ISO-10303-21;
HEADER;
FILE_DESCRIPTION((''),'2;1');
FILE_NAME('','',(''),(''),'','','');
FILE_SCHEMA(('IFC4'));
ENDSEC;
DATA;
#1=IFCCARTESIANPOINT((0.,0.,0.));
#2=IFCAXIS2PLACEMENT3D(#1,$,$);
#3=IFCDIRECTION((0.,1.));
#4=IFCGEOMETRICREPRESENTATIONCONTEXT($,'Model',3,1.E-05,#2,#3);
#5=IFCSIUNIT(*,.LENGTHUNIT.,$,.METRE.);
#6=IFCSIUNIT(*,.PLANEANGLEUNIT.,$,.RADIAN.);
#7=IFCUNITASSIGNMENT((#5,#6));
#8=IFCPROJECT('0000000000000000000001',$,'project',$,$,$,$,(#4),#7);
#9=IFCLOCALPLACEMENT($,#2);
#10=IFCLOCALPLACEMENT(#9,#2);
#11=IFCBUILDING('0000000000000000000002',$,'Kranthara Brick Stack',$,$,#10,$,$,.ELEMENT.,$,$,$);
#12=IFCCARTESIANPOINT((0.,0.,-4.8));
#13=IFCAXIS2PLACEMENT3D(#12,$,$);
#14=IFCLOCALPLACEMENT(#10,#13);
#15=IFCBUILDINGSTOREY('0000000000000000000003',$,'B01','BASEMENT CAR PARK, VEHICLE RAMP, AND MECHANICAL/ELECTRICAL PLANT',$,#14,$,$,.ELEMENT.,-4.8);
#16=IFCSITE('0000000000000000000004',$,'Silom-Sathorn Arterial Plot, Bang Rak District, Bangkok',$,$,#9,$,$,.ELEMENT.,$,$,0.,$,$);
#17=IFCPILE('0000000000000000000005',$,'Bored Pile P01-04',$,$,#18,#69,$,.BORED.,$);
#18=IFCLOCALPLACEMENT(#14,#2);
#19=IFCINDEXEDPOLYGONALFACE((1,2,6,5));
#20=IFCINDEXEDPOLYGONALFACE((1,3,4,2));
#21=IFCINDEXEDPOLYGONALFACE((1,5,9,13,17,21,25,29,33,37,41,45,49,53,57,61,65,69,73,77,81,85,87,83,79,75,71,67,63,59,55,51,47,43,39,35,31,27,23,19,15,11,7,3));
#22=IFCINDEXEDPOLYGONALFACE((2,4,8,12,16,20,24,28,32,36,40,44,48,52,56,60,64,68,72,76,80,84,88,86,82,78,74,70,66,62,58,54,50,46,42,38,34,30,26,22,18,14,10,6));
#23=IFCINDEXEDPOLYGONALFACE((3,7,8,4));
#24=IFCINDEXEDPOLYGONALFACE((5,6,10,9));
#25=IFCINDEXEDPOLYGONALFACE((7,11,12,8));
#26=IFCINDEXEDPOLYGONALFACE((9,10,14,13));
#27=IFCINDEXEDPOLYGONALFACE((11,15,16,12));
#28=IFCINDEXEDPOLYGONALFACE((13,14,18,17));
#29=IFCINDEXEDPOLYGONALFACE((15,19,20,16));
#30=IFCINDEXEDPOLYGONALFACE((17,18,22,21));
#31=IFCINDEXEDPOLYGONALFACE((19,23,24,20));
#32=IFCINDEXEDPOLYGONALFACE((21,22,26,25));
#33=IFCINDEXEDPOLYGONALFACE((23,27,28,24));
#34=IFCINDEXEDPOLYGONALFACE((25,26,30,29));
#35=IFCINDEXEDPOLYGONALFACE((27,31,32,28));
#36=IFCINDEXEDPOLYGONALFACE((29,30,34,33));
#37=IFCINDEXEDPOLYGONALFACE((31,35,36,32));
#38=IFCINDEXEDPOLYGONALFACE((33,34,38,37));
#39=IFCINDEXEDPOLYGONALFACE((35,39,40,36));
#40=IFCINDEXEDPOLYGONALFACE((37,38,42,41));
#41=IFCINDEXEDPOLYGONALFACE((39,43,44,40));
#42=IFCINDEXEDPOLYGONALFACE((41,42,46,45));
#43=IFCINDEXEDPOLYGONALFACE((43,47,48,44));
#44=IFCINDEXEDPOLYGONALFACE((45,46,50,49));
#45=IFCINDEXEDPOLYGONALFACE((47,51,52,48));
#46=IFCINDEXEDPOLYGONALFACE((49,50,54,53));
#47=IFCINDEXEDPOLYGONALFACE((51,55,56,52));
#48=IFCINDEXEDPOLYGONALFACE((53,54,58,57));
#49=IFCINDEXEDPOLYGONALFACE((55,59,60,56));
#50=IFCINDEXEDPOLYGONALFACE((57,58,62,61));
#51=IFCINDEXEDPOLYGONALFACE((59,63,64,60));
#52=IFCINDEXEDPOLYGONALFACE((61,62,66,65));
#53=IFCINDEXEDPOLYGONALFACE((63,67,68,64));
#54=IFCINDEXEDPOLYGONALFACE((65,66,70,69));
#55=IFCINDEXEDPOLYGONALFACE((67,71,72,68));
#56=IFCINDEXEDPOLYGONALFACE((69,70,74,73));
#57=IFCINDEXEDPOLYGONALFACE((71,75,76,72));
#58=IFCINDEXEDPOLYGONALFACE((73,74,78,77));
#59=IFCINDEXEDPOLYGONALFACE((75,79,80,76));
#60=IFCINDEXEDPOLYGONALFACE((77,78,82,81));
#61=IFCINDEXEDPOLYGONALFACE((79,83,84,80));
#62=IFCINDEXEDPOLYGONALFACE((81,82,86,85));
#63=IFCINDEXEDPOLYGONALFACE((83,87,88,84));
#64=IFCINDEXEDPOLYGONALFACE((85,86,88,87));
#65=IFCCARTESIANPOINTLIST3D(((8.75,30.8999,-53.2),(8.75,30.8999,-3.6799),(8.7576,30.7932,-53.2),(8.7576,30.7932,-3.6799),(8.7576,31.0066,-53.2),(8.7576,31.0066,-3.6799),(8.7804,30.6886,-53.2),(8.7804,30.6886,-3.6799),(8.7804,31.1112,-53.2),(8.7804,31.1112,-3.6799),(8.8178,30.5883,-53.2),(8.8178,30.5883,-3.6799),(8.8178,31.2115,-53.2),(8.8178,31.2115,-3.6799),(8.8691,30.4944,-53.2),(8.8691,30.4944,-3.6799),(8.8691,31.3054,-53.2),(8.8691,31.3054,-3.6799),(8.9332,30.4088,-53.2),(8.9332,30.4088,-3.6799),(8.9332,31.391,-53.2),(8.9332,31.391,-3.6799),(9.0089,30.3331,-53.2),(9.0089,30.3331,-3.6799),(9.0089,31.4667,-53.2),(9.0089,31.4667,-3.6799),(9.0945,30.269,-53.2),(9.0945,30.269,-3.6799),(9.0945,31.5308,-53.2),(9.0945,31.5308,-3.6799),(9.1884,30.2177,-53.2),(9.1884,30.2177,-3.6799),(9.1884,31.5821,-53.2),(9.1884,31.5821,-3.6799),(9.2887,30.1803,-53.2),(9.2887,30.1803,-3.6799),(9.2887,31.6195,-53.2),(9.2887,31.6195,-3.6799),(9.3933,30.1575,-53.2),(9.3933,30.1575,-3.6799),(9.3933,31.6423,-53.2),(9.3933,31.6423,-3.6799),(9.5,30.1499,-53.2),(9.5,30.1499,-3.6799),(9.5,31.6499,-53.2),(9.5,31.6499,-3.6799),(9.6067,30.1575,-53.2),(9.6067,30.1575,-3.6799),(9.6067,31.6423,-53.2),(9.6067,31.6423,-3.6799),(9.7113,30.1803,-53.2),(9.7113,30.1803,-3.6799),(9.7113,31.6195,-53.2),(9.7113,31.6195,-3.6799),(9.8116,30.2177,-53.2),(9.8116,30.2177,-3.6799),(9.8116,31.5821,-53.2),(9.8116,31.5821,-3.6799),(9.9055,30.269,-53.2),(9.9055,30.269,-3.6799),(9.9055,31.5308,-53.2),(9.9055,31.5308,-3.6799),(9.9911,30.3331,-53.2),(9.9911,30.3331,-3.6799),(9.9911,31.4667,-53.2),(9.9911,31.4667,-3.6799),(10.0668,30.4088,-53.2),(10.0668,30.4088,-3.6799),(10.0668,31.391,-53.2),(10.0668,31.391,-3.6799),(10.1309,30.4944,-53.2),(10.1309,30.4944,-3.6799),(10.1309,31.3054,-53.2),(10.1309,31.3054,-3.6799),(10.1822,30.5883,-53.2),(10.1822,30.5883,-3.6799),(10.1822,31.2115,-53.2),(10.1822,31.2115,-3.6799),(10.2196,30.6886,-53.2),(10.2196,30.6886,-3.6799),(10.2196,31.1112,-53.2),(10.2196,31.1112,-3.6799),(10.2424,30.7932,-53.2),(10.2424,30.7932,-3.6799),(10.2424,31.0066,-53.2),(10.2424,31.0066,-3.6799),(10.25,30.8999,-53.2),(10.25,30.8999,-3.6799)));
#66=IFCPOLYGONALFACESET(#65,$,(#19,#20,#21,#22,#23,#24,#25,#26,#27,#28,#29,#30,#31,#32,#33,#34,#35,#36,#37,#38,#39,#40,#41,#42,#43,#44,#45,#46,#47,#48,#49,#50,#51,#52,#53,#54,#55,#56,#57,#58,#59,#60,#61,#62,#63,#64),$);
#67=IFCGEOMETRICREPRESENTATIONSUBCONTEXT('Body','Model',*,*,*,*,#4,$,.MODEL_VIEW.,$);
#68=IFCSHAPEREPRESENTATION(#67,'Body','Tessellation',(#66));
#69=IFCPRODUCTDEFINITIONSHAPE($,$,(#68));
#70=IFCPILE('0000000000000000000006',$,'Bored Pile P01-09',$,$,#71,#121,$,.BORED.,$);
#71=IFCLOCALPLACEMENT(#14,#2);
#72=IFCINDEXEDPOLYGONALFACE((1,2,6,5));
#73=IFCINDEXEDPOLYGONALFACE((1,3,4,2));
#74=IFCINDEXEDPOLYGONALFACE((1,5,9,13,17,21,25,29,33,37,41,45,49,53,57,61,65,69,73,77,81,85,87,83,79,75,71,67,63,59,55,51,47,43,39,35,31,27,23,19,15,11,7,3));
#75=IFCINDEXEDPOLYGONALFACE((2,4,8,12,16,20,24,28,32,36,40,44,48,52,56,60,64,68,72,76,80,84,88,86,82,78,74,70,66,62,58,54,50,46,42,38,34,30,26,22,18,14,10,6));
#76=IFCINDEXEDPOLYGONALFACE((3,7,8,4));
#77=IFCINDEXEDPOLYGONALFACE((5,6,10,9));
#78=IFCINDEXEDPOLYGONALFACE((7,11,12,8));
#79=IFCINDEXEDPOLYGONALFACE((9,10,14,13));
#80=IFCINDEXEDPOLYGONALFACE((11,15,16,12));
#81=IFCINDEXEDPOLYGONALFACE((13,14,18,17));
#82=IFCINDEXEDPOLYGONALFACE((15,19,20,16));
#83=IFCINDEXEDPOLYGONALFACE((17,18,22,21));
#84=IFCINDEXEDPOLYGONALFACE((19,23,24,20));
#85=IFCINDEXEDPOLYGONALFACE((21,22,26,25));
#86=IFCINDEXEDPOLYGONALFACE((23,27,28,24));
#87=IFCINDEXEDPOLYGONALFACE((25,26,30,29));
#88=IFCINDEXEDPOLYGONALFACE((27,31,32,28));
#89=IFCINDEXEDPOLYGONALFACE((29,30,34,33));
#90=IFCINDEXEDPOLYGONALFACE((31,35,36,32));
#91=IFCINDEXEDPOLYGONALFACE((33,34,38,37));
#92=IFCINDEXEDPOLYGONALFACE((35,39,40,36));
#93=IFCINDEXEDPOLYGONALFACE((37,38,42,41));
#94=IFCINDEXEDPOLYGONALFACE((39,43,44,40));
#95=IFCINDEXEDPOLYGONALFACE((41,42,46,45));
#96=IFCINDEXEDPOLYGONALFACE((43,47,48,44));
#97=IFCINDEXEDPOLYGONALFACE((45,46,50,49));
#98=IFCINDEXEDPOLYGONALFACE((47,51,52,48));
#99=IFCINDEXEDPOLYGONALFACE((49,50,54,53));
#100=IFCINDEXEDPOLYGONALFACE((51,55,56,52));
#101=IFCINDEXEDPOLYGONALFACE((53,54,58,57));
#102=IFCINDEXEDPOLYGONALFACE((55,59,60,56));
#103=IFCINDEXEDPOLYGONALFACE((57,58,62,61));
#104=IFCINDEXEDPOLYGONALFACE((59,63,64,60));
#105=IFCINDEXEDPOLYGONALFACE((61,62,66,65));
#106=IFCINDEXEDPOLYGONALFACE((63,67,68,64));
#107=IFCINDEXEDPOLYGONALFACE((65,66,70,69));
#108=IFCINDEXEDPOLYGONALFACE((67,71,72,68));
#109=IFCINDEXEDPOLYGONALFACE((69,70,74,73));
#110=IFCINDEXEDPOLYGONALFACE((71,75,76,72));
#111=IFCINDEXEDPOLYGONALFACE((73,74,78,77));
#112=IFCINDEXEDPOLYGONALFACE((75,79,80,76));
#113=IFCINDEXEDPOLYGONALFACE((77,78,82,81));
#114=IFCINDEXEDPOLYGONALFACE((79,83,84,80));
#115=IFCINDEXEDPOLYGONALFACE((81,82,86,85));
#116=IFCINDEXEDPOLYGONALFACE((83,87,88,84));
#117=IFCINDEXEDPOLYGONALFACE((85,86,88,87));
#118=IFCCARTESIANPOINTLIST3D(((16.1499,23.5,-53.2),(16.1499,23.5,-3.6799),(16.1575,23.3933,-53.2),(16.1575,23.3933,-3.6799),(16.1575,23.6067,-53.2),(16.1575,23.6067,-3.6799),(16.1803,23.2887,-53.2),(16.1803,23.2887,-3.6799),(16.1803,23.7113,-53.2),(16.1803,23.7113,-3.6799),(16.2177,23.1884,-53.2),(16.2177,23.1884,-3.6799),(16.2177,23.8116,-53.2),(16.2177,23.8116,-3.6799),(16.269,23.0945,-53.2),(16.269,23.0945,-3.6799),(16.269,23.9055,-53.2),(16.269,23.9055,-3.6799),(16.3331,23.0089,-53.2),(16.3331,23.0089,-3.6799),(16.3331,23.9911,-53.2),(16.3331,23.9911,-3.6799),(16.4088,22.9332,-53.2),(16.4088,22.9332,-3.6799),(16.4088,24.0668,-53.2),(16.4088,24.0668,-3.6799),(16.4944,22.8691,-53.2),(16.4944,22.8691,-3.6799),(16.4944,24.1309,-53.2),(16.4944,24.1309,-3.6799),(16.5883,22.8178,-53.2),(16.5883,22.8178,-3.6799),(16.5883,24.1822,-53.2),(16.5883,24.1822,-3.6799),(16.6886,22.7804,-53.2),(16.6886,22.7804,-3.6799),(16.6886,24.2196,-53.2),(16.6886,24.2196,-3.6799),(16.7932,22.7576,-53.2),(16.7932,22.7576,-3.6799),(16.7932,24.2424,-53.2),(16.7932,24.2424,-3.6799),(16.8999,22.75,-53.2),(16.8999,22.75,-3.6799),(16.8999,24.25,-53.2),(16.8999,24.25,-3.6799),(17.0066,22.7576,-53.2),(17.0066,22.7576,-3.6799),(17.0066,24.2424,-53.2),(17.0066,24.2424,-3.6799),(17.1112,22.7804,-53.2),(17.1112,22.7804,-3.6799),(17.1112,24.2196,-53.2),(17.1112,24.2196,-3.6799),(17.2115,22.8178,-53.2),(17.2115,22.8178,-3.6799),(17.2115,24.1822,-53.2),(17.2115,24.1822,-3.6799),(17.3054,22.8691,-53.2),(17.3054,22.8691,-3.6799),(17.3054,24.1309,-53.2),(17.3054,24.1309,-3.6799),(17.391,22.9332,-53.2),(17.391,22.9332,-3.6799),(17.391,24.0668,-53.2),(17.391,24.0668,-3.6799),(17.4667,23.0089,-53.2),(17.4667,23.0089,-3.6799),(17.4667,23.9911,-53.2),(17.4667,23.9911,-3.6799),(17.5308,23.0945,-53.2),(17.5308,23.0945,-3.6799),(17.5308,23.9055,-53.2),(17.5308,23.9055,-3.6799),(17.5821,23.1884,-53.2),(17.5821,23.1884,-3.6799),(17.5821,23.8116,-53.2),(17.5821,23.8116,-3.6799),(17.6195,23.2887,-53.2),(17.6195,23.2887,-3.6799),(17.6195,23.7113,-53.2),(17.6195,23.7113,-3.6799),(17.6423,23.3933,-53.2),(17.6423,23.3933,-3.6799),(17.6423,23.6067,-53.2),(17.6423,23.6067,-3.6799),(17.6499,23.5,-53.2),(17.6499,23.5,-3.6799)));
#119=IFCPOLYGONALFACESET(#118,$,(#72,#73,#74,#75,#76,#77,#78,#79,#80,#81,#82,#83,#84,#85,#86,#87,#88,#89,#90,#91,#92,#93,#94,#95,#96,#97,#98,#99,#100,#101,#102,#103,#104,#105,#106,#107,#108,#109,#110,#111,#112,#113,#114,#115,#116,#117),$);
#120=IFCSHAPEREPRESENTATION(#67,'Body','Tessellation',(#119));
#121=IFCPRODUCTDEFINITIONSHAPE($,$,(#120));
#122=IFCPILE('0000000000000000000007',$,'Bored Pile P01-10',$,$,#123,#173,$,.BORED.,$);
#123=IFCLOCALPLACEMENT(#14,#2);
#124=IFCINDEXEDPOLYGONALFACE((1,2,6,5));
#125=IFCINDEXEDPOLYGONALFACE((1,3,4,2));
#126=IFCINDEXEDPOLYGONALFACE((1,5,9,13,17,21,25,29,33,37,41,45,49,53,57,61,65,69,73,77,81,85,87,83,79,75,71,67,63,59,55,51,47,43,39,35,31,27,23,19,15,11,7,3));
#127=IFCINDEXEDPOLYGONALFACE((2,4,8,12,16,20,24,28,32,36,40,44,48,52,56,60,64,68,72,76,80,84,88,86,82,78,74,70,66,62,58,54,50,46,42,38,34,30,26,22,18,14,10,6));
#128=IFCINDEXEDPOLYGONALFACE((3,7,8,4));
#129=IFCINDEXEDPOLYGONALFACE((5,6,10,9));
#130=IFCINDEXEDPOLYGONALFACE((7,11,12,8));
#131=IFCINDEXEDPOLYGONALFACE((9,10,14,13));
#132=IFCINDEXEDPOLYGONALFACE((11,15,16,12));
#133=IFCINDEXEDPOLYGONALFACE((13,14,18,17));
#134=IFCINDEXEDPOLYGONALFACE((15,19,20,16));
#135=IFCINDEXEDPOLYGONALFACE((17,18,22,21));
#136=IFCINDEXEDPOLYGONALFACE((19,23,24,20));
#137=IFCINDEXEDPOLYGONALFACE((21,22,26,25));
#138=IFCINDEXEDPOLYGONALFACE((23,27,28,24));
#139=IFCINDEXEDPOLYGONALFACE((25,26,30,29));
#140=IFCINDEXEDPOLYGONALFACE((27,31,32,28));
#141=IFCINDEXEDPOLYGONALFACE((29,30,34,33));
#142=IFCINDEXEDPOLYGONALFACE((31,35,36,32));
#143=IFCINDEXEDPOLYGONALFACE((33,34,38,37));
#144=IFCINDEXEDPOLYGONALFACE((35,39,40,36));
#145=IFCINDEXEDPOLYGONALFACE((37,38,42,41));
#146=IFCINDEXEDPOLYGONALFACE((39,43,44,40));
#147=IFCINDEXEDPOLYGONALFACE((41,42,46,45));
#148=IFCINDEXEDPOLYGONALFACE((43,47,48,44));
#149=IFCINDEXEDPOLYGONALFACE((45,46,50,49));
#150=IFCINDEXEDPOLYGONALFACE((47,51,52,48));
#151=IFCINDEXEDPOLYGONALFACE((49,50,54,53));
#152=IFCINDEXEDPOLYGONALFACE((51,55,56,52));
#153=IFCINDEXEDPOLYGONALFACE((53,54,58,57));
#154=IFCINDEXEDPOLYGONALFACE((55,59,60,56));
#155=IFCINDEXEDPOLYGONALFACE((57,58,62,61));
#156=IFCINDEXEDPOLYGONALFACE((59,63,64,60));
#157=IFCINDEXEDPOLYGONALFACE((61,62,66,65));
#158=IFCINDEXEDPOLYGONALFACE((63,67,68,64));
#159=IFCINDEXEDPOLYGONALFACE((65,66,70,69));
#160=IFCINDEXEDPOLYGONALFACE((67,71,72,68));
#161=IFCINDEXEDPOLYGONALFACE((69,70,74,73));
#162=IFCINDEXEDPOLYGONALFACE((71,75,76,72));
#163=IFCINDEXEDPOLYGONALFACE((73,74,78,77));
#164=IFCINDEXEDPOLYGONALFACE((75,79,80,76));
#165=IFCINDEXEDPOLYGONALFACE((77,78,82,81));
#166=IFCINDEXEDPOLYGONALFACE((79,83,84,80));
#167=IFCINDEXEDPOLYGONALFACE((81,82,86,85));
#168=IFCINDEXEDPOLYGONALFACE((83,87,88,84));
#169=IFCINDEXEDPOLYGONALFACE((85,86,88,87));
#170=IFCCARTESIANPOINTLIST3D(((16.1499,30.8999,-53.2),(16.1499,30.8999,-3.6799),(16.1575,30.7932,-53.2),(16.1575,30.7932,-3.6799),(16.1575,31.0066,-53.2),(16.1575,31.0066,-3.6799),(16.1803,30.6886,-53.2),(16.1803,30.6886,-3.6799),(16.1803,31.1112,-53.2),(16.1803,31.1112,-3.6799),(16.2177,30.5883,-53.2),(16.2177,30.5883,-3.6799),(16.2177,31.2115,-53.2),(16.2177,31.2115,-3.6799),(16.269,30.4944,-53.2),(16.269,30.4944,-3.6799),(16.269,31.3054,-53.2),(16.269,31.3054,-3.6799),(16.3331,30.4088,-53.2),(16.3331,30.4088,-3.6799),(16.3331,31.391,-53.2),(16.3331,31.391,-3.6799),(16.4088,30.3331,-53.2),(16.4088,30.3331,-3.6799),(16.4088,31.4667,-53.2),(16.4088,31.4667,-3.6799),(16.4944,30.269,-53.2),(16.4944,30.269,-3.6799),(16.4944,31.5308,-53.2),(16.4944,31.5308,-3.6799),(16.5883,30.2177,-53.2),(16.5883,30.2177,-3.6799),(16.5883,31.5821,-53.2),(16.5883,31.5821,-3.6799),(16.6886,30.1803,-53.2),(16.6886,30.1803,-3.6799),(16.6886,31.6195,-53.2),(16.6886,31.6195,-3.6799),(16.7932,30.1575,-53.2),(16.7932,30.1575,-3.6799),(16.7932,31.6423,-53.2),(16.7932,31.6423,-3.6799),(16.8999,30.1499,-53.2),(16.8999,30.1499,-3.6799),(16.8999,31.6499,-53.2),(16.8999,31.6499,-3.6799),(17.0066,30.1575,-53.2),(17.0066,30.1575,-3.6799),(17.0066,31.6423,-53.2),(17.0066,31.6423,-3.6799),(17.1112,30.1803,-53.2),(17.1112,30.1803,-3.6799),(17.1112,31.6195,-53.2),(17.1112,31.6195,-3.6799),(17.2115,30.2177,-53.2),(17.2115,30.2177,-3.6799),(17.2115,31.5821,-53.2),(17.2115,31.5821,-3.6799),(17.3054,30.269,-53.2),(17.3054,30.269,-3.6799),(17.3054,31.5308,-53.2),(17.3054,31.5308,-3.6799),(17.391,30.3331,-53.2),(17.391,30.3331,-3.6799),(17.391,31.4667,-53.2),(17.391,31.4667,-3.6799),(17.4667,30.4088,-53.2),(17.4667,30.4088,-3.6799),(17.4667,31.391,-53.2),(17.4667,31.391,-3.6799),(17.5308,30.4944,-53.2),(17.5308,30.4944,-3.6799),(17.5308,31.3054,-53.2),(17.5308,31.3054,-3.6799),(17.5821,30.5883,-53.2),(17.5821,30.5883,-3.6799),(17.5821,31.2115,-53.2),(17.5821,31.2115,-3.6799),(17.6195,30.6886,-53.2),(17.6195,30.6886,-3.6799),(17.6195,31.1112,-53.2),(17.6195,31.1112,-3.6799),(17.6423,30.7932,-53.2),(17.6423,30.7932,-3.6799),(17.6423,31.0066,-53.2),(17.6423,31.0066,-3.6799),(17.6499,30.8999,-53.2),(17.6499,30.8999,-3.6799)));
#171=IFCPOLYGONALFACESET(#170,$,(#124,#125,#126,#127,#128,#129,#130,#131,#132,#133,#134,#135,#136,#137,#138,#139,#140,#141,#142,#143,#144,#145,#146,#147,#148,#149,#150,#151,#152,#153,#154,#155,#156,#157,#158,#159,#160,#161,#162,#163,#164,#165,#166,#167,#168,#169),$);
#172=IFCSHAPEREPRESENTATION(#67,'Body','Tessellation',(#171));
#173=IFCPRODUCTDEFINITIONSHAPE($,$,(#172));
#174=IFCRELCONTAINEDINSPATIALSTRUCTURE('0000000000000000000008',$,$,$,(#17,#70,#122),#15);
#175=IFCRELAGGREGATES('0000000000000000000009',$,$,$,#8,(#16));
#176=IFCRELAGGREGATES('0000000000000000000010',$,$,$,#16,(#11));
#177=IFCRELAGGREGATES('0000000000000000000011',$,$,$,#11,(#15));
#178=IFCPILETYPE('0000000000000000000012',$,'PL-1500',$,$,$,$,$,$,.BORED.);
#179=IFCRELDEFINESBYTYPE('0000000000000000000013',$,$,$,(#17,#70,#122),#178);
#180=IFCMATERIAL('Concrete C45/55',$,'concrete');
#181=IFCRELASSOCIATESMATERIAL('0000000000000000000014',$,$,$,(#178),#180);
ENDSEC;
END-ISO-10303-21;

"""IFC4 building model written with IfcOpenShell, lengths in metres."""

from ifc_helpers import new_model, si_unit, direction, frame, origin, origin_2d, place, context, subcontext, project, spatial, circle, extrude, material, material_profile, profile_set, type_object, element, save


model = new_model("IFC4")

# Units and contexts
model_context = context("Model", 3, precision=1e-05, world=origin(), true_north=direction((0.0, 1.0)))
body_context = subcontext(model_context, "Body", "Model", "MODEL_VIEW")
ifc_project = project(units=[si_unit("LENGTHUNIT", "METRE"), si_unit("PLANEANGLEUNIT", "RADIAN")], contexts=[model_context])

# Site, building, storey
site_placement = place(None, origin())
site = spatial("IfcSite", under=ifc_project, at=site_placement, Name="Silom-Sathorn Arterial Plot, Bang Rak District, Bangkok", CompositionType="ELEMENT", RefElevation=0.0)
building_placement = place(site_placement, origin())
building = spatial("IfcBuilding", under=site, at=building_placement, Name="Kranthara Brick Stack", CompositionType="ELEMENT")
storey_placement = place(building_placement, frame((0.0, 0.0, -4.8)))
storey = spatial("IfcBuildingStorey", under=building, at=storey_placement, Name="B01", Description="BASEMENT CAR PARK, VEHICLE RAMP, AND MECHANICAL/ELECTRICAL PLANT", CompositionType="ELEMENT", Elevation=-4.8)

# Piles
ifc_material_1 = material(Name="Concrete C45/55", Category="concrete")
ifc_material_profile_1 = material_profile(ifc_material_1, circle(Radius=0.75, at=origin_2d()), Name="BORED PILE 1500")
ifc_profile_set_1 = profile_set([ifc_material_profile_1], Name="Concrete C45/55")
pile_type_1 = type_object("IfcPileType", Name="PL-1500", PredefinedType="BORED", material=ifc_profile_set_1)
for number, where, z_axis, x_axis, name in (
    (1, (9.5, 30.8999, -3.6799), (0.0, 0.0, -1.0), (1.0, 0.0, 0.0), "Bored Pile P01-04"),
    (2, (16.8999, 23.5, -3.6799), (0.0, 0.0, -1.0), (1.0, 0.0, 0.0), "Bored Pile P01-09"),
    (3, (16.8999, 30.8999, -3.6799), (0.0, 0.0, -1.0), (1.0, 0.0, 0.0), "Bored Pile P01-10"),
):
    element("IfcPile", number, at=place(storey_placement, frame(where, z_axis=z_axis, x_axis=x_axis)), inside=storey, type_object=pile_type_1, Name=name, PredefinedType="BORED", context=body_context, shape_type="SweptSolid", body=[
        extrude(circle(Radius=0.75, at=origin_2d()), origin(), (0.0, 0.0, 1.0), 49.52),
    ])

save(model, "model.ifc")
